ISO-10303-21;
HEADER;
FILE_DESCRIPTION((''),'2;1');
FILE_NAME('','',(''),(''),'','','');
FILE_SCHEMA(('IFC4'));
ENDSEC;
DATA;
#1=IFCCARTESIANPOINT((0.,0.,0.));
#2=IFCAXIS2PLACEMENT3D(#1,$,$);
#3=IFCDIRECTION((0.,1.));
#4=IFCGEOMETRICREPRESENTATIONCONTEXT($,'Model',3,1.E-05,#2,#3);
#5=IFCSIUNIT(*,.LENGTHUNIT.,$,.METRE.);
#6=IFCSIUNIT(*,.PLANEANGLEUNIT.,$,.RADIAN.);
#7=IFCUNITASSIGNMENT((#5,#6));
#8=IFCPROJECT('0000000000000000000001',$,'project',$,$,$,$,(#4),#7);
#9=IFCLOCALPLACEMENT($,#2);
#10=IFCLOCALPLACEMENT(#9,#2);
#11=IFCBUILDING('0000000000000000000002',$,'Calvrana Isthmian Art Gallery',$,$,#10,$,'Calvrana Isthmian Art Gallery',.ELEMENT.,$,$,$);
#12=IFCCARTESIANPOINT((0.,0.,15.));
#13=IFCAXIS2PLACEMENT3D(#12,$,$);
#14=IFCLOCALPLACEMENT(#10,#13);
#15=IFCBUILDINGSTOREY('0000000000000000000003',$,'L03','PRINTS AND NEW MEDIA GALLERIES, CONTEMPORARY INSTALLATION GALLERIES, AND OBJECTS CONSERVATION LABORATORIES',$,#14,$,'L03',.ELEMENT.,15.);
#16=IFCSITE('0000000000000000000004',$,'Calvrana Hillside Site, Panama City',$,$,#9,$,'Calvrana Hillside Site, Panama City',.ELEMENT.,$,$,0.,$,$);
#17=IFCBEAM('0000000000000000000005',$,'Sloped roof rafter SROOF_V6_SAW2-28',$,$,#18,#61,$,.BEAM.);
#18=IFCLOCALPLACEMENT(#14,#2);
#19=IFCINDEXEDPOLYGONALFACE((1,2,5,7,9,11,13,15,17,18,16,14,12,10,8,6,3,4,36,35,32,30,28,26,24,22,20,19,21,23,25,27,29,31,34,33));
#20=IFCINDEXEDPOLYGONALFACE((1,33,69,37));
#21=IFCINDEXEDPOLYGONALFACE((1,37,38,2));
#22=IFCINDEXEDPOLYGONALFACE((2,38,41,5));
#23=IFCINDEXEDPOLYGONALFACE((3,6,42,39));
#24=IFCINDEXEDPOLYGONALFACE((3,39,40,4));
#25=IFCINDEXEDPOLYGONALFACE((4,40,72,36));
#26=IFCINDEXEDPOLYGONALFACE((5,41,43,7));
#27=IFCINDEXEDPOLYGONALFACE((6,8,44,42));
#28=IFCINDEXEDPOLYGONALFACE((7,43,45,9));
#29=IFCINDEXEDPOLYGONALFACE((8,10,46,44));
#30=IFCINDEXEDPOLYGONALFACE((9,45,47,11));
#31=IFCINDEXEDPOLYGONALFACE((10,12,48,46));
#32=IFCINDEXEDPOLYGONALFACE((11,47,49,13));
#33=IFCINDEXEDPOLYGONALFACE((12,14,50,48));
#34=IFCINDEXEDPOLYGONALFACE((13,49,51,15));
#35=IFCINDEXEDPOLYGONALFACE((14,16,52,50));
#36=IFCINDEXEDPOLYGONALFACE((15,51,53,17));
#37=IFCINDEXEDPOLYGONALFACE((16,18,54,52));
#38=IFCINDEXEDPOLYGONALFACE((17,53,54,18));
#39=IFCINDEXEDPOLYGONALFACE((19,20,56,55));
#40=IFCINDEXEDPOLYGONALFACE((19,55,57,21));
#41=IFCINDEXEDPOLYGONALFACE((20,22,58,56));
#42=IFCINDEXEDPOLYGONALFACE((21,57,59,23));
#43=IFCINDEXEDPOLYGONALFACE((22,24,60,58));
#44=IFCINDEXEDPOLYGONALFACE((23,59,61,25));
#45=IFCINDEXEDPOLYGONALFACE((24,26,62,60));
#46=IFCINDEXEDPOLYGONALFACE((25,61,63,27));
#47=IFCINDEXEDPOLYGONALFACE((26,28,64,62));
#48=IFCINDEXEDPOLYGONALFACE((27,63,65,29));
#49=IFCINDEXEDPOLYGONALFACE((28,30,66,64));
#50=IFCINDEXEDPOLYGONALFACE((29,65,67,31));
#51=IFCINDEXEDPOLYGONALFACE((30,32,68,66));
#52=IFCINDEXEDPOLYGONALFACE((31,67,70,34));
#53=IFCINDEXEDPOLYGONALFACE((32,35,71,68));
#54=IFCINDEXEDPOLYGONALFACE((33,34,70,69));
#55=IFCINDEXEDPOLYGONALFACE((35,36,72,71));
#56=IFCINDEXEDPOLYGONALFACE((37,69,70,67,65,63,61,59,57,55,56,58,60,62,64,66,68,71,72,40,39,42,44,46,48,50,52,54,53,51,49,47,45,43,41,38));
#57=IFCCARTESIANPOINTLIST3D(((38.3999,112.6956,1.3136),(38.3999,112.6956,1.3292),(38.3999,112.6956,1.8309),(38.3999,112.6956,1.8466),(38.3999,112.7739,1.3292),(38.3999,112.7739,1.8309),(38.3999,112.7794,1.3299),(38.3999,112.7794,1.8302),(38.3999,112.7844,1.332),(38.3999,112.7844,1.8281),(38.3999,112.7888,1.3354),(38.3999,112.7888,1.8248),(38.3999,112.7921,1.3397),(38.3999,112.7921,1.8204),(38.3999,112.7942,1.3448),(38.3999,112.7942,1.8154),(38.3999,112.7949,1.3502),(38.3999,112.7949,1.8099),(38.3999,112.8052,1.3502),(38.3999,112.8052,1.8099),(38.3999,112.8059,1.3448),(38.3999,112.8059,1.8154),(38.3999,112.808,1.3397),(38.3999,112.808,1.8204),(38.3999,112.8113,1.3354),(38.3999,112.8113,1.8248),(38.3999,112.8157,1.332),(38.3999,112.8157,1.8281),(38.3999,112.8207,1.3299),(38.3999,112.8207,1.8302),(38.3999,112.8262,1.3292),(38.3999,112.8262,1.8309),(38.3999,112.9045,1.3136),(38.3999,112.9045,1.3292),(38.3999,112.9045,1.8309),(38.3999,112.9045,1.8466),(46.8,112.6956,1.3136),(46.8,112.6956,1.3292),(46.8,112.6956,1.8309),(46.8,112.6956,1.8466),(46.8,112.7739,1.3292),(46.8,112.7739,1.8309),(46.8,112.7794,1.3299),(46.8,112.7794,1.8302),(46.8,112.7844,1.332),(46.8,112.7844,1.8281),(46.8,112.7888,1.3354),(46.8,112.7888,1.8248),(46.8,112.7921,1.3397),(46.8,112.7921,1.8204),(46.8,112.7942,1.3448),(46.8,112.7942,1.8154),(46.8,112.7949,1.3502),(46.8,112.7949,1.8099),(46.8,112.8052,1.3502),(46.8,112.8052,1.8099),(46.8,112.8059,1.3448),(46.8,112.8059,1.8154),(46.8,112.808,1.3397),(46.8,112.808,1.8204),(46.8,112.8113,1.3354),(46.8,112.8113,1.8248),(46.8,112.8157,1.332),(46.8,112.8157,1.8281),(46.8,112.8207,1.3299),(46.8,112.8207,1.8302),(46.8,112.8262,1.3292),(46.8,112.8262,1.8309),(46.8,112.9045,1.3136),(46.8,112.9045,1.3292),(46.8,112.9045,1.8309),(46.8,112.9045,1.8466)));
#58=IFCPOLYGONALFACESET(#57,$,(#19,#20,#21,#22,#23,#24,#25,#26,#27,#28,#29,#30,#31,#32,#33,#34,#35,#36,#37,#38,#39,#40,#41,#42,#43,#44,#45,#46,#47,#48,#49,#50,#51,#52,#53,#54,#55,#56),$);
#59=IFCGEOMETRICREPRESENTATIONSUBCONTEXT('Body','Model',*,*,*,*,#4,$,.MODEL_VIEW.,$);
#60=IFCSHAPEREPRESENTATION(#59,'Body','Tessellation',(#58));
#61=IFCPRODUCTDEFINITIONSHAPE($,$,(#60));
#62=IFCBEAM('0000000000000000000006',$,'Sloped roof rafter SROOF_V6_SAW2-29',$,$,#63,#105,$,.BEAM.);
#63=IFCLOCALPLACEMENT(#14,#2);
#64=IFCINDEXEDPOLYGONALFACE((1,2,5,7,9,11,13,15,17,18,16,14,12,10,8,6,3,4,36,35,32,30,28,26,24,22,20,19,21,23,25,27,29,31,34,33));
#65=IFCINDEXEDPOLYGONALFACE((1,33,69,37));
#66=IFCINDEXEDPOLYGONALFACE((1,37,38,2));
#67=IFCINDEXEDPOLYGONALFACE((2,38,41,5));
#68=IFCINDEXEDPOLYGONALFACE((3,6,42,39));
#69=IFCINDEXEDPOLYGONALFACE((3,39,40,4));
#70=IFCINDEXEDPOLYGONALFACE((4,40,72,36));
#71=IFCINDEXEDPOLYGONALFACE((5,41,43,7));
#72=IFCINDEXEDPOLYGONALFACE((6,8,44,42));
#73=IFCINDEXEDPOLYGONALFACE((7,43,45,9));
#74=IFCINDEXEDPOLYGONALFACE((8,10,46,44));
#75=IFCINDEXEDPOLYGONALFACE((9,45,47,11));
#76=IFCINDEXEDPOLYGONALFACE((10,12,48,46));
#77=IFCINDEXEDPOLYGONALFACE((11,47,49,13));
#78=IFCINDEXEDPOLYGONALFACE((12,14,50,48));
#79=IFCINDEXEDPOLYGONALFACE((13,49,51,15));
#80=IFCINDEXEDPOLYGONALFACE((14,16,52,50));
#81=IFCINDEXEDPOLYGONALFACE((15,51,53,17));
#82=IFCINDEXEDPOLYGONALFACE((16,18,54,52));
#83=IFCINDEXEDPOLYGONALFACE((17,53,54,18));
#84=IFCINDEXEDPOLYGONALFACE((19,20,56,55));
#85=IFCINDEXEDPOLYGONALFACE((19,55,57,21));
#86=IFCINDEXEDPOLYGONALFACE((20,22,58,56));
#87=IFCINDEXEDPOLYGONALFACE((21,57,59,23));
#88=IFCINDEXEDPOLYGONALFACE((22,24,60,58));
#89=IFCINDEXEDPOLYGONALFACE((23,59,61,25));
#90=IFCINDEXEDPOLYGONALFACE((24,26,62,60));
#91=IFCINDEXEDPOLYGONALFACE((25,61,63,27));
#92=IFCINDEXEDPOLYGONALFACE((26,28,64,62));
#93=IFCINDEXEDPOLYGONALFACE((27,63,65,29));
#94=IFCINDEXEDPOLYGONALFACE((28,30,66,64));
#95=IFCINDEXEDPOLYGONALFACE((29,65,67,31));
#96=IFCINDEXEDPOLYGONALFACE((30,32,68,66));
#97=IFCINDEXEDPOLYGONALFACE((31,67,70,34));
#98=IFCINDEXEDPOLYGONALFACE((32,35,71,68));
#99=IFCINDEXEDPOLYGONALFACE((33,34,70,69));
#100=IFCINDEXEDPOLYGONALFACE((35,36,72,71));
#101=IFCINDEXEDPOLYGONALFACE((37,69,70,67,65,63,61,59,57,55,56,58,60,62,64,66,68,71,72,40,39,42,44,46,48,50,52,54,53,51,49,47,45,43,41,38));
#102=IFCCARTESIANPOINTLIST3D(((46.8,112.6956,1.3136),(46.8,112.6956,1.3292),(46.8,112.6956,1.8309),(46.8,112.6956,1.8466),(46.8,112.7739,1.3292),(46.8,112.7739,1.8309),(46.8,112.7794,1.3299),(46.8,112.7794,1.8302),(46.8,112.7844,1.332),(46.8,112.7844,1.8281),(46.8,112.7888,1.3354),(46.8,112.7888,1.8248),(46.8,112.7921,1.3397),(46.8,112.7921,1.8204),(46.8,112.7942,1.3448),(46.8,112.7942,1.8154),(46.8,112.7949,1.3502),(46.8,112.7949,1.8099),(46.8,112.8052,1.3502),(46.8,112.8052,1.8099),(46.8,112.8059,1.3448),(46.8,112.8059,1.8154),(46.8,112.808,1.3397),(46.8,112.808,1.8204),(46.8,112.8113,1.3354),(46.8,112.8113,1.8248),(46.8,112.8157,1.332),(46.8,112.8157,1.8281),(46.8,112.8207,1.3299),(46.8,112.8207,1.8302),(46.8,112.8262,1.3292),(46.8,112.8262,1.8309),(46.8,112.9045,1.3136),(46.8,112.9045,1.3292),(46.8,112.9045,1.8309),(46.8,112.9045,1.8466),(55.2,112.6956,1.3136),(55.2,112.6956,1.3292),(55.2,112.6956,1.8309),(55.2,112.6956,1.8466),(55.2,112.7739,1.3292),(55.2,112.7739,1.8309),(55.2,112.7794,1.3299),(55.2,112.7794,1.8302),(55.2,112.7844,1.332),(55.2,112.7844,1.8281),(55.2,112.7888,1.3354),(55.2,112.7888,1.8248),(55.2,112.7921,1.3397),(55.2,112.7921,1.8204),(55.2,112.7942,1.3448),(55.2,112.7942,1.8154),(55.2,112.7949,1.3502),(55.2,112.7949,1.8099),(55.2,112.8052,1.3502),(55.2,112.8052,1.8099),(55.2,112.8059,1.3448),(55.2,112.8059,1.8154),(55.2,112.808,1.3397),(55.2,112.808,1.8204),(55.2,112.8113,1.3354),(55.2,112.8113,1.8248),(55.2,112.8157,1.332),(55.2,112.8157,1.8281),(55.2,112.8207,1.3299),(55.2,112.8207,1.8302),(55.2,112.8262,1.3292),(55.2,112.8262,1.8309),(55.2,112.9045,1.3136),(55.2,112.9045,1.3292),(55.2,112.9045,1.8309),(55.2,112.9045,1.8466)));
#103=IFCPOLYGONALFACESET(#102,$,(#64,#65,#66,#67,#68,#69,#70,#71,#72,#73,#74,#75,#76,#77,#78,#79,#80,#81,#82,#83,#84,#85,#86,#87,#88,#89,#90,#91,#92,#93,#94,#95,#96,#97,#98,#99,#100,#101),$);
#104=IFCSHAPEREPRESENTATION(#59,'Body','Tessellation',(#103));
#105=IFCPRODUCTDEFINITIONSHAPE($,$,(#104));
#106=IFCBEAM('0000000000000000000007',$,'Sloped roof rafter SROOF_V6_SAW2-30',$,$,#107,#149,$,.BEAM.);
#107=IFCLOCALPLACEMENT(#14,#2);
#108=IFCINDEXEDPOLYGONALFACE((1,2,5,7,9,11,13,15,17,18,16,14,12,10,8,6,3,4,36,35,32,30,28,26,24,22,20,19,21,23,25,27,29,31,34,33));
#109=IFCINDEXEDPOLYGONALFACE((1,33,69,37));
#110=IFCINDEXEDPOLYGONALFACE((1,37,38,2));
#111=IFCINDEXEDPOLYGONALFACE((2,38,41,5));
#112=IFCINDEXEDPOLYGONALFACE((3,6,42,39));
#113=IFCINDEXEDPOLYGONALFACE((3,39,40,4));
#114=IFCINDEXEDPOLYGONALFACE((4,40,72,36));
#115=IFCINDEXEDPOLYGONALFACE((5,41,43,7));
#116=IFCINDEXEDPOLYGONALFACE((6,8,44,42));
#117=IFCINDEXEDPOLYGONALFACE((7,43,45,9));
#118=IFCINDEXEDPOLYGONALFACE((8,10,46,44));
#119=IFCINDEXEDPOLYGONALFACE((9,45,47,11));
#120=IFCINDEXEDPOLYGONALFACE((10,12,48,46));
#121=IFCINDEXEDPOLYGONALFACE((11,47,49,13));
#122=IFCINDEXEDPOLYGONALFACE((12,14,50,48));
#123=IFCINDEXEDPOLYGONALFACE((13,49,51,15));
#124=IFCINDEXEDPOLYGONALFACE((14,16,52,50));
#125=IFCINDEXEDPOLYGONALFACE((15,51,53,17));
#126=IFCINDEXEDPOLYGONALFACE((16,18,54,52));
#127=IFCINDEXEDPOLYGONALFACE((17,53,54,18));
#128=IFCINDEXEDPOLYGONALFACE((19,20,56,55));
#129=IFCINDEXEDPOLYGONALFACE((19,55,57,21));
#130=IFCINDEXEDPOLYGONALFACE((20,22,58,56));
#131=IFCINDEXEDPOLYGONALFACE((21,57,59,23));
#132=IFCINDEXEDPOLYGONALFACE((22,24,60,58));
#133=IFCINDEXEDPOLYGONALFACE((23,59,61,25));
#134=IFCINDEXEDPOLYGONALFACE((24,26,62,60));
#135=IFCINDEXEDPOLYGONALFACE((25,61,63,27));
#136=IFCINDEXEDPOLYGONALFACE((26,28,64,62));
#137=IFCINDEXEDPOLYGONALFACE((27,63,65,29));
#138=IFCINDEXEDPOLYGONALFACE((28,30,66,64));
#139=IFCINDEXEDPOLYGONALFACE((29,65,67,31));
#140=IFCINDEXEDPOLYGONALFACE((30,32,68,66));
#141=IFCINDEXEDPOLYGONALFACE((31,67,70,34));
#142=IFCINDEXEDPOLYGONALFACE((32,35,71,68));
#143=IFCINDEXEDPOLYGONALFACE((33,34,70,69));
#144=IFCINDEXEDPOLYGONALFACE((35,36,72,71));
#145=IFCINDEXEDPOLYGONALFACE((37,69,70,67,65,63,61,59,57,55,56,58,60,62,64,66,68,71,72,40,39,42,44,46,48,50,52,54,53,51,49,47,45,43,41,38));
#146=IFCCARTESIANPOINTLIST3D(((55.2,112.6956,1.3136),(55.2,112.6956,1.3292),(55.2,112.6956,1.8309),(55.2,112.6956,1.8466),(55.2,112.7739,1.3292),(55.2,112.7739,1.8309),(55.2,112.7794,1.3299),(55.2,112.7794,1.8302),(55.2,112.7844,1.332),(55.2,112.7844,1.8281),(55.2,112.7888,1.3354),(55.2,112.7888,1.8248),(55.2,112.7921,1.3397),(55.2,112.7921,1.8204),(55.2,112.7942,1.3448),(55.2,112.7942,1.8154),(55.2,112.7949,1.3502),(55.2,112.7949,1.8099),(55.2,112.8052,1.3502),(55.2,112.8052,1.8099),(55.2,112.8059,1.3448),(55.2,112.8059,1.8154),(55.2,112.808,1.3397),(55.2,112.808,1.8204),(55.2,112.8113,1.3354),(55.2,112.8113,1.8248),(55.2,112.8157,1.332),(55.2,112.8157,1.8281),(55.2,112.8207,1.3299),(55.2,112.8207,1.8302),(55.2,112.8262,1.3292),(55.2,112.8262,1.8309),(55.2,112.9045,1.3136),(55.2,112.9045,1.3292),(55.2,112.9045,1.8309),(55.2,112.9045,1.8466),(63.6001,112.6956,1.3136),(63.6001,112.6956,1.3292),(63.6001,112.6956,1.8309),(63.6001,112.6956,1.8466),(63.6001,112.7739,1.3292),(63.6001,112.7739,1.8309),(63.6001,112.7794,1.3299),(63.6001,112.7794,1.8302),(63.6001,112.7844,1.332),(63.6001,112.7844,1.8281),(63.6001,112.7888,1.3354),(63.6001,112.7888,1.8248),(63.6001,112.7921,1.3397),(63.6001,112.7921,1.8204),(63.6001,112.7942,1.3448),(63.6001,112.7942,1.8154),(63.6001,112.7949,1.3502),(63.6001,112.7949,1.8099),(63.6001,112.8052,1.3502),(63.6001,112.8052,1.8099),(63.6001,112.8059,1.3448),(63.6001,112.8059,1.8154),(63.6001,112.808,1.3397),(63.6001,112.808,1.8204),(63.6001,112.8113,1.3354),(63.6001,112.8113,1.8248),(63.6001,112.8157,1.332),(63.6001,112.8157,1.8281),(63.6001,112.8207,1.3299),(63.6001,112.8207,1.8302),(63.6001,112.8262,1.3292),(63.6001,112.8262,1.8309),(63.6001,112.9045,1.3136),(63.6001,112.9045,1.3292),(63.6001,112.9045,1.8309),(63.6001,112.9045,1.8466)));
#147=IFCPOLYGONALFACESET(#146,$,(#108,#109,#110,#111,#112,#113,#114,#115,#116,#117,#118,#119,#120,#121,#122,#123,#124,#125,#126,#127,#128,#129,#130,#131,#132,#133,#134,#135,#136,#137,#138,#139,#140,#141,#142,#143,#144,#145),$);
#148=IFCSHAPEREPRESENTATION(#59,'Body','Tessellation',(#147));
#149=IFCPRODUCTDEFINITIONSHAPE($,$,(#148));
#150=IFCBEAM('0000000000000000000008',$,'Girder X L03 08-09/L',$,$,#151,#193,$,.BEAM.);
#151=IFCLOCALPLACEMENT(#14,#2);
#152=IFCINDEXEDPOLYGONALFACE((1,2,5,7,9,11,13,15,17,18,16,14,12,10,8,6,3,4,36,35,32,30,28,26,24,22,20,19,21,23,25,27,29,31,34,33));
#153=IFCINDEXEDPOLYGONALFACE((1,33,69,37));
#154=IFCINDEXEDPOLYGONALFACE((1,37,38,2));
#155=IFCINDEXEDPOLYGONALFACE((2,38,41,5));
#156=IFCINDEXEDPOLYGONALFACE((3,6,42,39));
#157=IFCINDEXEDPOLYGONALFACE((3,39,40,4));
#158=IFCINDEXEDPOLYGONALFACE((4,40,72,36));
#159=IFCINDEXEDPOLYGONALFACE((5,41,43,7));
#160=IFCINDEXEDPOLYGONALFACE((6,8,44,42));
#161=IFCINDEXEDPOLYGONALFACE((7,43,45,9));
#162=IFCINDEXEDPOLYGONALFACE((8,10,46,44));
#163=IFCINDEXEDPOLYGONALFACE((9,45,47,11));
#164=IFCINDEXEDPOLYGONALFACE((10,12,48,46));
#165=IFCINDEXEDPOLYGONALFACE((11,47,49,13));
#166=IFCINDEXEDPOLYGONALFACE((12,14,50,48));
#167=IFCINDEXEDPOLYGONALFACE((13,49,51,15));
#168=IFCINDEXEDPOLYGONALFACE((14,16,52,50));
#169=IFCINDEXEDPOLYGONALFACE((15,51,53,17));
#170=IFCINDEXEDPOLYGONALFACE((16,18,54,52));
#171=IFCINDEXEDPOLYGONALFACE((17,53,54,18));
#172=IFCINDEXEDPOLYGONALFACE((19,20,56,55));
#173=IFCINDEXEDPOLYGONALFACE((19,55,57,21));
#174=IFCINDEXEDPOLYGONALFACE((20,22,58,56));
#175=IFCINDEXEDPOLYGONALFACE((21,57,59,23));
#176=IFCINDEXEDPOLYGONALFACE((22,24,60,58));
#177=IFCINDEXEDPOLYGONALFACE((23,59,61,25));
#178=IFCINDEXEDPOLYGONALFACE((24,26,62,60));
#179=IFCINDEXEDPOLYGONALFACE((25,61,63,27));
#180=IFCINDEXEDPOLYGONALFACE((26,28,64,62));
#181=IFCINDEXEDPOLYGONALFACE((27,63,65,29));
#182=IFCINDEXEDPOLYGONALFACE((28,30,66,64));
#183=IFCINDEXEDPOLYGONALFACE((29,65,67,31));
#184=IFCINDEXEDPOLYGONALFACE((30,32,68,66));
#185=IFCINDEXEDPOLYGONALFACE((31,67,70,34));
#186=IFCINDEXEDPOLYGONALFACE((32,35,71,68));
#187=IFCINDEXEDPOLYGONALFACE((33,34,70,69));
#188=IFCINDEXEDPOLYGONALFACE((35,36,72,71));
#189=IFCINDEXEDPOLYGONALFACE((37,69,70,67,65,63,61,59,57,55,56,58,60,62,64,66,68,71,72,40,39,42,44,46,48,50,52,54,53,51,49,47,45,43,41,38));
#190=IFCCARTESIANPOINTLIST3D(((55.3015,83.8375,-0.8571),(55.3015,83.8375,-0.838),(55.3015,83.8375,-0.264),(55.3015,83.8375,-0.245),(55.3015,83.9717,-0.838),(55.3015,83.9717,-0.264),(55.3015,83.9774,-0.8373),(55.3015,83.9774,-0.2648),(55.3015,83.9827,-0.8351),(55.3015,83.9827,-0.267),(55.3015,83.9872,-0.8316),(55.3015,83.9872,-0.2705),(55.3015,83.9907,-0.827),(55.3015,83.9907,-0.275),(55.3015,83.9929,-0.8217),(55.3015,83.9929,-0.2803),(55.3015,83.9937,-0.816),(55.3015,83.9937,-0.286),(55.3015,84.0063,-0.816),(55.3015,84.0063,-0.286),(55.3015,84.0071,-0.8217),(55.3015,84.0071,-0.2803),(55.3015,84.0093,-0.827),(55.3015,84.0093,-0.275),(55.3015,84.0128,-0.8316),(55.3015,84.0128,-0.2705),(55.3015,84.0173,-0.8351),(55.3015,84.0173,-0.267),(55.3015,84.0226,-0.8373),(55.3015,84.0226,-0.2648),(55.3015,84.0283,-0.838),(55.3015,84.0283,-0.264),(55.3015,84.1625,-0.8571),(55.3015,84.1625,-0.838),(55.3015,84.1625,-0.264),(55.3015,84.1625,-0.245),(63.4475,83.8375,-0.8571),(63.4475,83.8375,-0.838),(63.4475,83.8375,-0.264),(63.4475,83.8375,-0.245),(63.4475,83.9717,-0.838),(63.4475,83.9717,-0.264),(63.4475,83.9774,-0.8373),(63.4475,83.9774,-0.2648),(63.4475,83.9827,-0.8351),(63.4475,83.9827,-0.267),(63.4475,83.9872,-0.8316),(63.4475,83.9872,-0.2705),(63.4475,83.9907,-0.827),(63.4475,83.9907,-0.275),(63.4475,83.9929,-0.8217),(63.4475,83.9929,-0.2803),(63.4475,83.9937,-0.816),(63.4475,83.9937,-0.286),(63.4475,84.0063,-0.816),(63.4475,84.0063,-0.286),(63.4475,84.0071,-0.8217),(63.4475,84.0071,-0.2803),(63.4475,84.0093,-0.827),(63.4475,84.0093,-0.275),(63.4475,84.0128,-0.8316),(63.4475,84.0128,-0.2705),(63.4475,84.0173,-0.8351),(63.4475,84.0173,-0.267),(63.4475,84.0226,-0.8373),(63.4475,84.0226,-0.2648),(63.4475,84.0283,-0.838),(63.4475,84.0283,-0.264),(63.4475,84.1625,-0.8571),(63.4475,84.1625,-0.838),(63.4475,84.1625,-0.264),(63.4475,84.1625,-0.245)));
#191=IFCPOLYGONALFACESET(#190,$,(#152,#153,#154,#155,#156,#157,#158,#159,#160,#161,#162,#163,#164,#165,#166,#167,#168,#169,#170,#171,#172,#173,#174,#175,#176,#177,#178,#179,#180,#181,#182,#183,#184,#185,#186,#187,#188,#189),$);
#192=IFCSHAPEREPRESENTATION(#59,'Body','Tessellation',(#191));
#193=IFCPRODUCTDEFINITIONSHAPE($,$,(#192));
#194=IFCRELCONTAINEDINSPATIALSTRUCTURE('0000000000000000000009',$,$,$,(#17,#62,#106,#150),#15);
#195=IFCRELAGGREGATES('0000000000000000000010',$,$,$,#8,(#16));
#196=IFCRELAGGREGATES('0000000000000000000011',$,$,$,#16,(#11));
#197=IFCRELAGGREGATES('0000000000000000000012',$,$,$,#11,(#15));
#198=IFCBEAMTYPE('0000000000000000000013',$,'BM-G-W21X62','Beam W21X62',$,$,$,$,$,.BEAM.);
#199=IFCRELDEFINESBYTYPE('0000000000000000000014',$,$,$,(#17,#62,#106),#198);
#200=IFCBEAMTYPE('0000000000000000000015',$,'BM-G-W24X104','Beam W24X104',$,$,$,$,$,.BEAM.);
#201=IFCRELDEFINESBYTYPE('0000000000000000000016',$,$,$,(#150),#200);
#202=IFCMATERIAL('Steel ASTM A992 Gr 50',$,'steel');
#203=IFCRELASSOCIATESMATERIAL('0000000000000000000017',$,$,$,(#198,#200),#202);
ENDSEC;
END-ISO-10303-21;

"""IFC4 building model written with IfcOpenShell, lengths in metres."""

from ifc_helpers import new_model, si_unit, direction, frame, origin, origin_2d, place, context, subcontext, project, spatial, i_section, extrude, material, material_profile, profile_set, type_object, element, save


model = new_model("IFC4")

# Units and contexts
model_context = context("Model", 3, precision=1e-05, world=origin(), true_north=direction((0.0, 1.0)))
body_context = subcontext(model_context, "Body", "Model", "MODEL_VIEW")
ifc_project = project(units=[si_unit("LENGTHUNIT", "METRE"), si_unit("PLANEANGLEUNIT", "RADIAN")], contexts=[model_context])

# Site, building, storey
site_placement = place(None, origin())
site = spatial("IfcSite", under=ifc_project, at=site_placement, Name="Calvrana Hillside Site, Panama City", LongName="Calvrana Hillside Site, Panama City", CompositionType="ELEMENT", RefElevation=0.0)
building_placement = place(site_placement, origin())
building = spatial("IfcBuilding", under=site, at=building_placement, Name="Calvrana Isthmian Art Gallery", LongName="Calvrana Isthmian Art Gallery", CompositionType="ELEMENT")
storey_placement = place(building_placement, frame((0.0, 0.0, 15.0)))
storey = spatial("IfcBuildingStorey", under=building, at=storey_placement, Name="L03", Description="PRINTS AND NEW MEDIA GALLERIES, CONTEMPORARY INSTALLATION GALLERIES, AND OBJECTS CONSERVATION LABORATORIES", LongName="L03", CompositionType="ELEMENT", Elevation=15.0)

# Beams
ifc_material_1 = material(Name="Steel ASTM A992 Gr 50", Category="steel")
ifc_material_profile_1 = material_profile(ifc_material_1, i_section(OverallWidth=0.209, OverallDepth=0.533, WebThickness=0.0103, FlangeThickness=0.0156, FilletRadius=0.021, at=origin_2d()), Name="W21X62")
ifc_profile_set_1 = profile_set([ifc_material_profile_1], Name="Steel ASTM A992 Gr 50")
beam_type_1 = type_object("IfcBeamType", Name="BM-G-W21X62", Description="Beam W21X62", PredefinedType="BEAM", material=ifc_profile_set_1)
for number, where, z_axis, x_axis, name in (
    (1, (38.3999, 112.8, 1.5801), (1.0, 0.0, 0.0), (0.0, 1.0, 0.0), "Sloped roof rafter SROOF_V6_SAW2-28"),
):
    element("IfcBeam", number, at=place(storey_placement, frame(where, z_axis=z_axis, x_axis=x_axis)), inside=storey, type_object=beam_type_1, Name=name, PredefinedType="BEAM", context=body_context, shape_type="SweptSolid", body=[
        extrude(i_section(OverallWidth=0.209, OverallDepth=0.533, WebThickness=0.0103, FlangeThickness=0.0156, FilletRadius=0.021, at=origin_2d()), origin(), (0.0, 0.0, 1.0), 8.4001),
    ])
beam_1_placement = place(storey_placement, frame((46.8, 112.8, 1.5801), z_axis=(1.0, 0.0, 0.0), x_axis=(0.0, 1.0, 0.0)))
element("IfcBeam", 2, at=beam_1_placement, inside=storey, type_object=beam_type_1, Name="Sloped roof rafter SROOF_V6_SAW2-29", PredefinedType="BEAM", context=body_context, shape_type="SweptSolid", body=[
    extrude(i_section(OverallWidth=0.209, OverallDepth=0.533, WebThickness=0.0103, FlangeThickness=0.0156, FilletRadius=0.021, at=origin_2d()), origin(), (0.0, 0.0, 1.0), 8.3999),
])
beam_2_placement = place(storey_placement, frame((55.2, 112.8, 1.5801), z_axis=(1.0, 0.0, 0.0), x_axis=(0.0, 1.0, 0.0)))
element("IfcBeam", 3, at=beam_2_placement, inside=storey, type_object=beam_type_1, Name="Sloped roof rafter SROOF_V6_SAW2-30", PredefinedType="BEAM", context=body_context, shape_type="SweptSolid", body=[
    extrude(i_section(OverallWidth=0.209, OverallDepth=0.533, WebThickness=0.0103, FlangeThickness=0.0156, FilletRadius=0.021, at=origin_2d()), origin(), (0.0, 0.0, 1.0), 8.4001),
])
ifc_material_profile_2 = material_profile(ifc_material_1, i_section(OverallWidth=0.325, OverallDepth=0.6121, WebThickness=0.0127, FlangeThickness=0.019, FilletRadius=0.022, at=origin_2d()), Name="W24X104")
ifc_profile_set_2 = profile_set([ifc_material_profile_2], Name="Steel ASTM A992 Gr 50")
beam_type_2 = type_object("IfcBeamType", Name="BM-G-W24X104", Description="Beam W24X104", PredefinedType="BEAM", material=ifc_profile_set_2)
beam_3_placement = place(storey_placement, frame((55.3015, 84.0, -0.551), z_axis=(1.0, 0.0, 0.0), x_axis=(0.0, 1.0, 0.0)))
element("IfcBeam", 4, at=beam_3_placement, inside=storey, type_object=beam_type_2, Name="Girder X L03 08-09/L", PredefinedType="BEAM", context=body_context, shape_type="SweptSolid", body=[
    extrude(i_section(OverallWidth=0.325, OverallDepth=0.6121, WebThickness=0.0127, FlangeThickness=0.019, FilletRadius=0.022, at=origin_2d()), origin(), (0.0, 0.0, 1.0), 8.146),
])

save(model, "model.ifc")
